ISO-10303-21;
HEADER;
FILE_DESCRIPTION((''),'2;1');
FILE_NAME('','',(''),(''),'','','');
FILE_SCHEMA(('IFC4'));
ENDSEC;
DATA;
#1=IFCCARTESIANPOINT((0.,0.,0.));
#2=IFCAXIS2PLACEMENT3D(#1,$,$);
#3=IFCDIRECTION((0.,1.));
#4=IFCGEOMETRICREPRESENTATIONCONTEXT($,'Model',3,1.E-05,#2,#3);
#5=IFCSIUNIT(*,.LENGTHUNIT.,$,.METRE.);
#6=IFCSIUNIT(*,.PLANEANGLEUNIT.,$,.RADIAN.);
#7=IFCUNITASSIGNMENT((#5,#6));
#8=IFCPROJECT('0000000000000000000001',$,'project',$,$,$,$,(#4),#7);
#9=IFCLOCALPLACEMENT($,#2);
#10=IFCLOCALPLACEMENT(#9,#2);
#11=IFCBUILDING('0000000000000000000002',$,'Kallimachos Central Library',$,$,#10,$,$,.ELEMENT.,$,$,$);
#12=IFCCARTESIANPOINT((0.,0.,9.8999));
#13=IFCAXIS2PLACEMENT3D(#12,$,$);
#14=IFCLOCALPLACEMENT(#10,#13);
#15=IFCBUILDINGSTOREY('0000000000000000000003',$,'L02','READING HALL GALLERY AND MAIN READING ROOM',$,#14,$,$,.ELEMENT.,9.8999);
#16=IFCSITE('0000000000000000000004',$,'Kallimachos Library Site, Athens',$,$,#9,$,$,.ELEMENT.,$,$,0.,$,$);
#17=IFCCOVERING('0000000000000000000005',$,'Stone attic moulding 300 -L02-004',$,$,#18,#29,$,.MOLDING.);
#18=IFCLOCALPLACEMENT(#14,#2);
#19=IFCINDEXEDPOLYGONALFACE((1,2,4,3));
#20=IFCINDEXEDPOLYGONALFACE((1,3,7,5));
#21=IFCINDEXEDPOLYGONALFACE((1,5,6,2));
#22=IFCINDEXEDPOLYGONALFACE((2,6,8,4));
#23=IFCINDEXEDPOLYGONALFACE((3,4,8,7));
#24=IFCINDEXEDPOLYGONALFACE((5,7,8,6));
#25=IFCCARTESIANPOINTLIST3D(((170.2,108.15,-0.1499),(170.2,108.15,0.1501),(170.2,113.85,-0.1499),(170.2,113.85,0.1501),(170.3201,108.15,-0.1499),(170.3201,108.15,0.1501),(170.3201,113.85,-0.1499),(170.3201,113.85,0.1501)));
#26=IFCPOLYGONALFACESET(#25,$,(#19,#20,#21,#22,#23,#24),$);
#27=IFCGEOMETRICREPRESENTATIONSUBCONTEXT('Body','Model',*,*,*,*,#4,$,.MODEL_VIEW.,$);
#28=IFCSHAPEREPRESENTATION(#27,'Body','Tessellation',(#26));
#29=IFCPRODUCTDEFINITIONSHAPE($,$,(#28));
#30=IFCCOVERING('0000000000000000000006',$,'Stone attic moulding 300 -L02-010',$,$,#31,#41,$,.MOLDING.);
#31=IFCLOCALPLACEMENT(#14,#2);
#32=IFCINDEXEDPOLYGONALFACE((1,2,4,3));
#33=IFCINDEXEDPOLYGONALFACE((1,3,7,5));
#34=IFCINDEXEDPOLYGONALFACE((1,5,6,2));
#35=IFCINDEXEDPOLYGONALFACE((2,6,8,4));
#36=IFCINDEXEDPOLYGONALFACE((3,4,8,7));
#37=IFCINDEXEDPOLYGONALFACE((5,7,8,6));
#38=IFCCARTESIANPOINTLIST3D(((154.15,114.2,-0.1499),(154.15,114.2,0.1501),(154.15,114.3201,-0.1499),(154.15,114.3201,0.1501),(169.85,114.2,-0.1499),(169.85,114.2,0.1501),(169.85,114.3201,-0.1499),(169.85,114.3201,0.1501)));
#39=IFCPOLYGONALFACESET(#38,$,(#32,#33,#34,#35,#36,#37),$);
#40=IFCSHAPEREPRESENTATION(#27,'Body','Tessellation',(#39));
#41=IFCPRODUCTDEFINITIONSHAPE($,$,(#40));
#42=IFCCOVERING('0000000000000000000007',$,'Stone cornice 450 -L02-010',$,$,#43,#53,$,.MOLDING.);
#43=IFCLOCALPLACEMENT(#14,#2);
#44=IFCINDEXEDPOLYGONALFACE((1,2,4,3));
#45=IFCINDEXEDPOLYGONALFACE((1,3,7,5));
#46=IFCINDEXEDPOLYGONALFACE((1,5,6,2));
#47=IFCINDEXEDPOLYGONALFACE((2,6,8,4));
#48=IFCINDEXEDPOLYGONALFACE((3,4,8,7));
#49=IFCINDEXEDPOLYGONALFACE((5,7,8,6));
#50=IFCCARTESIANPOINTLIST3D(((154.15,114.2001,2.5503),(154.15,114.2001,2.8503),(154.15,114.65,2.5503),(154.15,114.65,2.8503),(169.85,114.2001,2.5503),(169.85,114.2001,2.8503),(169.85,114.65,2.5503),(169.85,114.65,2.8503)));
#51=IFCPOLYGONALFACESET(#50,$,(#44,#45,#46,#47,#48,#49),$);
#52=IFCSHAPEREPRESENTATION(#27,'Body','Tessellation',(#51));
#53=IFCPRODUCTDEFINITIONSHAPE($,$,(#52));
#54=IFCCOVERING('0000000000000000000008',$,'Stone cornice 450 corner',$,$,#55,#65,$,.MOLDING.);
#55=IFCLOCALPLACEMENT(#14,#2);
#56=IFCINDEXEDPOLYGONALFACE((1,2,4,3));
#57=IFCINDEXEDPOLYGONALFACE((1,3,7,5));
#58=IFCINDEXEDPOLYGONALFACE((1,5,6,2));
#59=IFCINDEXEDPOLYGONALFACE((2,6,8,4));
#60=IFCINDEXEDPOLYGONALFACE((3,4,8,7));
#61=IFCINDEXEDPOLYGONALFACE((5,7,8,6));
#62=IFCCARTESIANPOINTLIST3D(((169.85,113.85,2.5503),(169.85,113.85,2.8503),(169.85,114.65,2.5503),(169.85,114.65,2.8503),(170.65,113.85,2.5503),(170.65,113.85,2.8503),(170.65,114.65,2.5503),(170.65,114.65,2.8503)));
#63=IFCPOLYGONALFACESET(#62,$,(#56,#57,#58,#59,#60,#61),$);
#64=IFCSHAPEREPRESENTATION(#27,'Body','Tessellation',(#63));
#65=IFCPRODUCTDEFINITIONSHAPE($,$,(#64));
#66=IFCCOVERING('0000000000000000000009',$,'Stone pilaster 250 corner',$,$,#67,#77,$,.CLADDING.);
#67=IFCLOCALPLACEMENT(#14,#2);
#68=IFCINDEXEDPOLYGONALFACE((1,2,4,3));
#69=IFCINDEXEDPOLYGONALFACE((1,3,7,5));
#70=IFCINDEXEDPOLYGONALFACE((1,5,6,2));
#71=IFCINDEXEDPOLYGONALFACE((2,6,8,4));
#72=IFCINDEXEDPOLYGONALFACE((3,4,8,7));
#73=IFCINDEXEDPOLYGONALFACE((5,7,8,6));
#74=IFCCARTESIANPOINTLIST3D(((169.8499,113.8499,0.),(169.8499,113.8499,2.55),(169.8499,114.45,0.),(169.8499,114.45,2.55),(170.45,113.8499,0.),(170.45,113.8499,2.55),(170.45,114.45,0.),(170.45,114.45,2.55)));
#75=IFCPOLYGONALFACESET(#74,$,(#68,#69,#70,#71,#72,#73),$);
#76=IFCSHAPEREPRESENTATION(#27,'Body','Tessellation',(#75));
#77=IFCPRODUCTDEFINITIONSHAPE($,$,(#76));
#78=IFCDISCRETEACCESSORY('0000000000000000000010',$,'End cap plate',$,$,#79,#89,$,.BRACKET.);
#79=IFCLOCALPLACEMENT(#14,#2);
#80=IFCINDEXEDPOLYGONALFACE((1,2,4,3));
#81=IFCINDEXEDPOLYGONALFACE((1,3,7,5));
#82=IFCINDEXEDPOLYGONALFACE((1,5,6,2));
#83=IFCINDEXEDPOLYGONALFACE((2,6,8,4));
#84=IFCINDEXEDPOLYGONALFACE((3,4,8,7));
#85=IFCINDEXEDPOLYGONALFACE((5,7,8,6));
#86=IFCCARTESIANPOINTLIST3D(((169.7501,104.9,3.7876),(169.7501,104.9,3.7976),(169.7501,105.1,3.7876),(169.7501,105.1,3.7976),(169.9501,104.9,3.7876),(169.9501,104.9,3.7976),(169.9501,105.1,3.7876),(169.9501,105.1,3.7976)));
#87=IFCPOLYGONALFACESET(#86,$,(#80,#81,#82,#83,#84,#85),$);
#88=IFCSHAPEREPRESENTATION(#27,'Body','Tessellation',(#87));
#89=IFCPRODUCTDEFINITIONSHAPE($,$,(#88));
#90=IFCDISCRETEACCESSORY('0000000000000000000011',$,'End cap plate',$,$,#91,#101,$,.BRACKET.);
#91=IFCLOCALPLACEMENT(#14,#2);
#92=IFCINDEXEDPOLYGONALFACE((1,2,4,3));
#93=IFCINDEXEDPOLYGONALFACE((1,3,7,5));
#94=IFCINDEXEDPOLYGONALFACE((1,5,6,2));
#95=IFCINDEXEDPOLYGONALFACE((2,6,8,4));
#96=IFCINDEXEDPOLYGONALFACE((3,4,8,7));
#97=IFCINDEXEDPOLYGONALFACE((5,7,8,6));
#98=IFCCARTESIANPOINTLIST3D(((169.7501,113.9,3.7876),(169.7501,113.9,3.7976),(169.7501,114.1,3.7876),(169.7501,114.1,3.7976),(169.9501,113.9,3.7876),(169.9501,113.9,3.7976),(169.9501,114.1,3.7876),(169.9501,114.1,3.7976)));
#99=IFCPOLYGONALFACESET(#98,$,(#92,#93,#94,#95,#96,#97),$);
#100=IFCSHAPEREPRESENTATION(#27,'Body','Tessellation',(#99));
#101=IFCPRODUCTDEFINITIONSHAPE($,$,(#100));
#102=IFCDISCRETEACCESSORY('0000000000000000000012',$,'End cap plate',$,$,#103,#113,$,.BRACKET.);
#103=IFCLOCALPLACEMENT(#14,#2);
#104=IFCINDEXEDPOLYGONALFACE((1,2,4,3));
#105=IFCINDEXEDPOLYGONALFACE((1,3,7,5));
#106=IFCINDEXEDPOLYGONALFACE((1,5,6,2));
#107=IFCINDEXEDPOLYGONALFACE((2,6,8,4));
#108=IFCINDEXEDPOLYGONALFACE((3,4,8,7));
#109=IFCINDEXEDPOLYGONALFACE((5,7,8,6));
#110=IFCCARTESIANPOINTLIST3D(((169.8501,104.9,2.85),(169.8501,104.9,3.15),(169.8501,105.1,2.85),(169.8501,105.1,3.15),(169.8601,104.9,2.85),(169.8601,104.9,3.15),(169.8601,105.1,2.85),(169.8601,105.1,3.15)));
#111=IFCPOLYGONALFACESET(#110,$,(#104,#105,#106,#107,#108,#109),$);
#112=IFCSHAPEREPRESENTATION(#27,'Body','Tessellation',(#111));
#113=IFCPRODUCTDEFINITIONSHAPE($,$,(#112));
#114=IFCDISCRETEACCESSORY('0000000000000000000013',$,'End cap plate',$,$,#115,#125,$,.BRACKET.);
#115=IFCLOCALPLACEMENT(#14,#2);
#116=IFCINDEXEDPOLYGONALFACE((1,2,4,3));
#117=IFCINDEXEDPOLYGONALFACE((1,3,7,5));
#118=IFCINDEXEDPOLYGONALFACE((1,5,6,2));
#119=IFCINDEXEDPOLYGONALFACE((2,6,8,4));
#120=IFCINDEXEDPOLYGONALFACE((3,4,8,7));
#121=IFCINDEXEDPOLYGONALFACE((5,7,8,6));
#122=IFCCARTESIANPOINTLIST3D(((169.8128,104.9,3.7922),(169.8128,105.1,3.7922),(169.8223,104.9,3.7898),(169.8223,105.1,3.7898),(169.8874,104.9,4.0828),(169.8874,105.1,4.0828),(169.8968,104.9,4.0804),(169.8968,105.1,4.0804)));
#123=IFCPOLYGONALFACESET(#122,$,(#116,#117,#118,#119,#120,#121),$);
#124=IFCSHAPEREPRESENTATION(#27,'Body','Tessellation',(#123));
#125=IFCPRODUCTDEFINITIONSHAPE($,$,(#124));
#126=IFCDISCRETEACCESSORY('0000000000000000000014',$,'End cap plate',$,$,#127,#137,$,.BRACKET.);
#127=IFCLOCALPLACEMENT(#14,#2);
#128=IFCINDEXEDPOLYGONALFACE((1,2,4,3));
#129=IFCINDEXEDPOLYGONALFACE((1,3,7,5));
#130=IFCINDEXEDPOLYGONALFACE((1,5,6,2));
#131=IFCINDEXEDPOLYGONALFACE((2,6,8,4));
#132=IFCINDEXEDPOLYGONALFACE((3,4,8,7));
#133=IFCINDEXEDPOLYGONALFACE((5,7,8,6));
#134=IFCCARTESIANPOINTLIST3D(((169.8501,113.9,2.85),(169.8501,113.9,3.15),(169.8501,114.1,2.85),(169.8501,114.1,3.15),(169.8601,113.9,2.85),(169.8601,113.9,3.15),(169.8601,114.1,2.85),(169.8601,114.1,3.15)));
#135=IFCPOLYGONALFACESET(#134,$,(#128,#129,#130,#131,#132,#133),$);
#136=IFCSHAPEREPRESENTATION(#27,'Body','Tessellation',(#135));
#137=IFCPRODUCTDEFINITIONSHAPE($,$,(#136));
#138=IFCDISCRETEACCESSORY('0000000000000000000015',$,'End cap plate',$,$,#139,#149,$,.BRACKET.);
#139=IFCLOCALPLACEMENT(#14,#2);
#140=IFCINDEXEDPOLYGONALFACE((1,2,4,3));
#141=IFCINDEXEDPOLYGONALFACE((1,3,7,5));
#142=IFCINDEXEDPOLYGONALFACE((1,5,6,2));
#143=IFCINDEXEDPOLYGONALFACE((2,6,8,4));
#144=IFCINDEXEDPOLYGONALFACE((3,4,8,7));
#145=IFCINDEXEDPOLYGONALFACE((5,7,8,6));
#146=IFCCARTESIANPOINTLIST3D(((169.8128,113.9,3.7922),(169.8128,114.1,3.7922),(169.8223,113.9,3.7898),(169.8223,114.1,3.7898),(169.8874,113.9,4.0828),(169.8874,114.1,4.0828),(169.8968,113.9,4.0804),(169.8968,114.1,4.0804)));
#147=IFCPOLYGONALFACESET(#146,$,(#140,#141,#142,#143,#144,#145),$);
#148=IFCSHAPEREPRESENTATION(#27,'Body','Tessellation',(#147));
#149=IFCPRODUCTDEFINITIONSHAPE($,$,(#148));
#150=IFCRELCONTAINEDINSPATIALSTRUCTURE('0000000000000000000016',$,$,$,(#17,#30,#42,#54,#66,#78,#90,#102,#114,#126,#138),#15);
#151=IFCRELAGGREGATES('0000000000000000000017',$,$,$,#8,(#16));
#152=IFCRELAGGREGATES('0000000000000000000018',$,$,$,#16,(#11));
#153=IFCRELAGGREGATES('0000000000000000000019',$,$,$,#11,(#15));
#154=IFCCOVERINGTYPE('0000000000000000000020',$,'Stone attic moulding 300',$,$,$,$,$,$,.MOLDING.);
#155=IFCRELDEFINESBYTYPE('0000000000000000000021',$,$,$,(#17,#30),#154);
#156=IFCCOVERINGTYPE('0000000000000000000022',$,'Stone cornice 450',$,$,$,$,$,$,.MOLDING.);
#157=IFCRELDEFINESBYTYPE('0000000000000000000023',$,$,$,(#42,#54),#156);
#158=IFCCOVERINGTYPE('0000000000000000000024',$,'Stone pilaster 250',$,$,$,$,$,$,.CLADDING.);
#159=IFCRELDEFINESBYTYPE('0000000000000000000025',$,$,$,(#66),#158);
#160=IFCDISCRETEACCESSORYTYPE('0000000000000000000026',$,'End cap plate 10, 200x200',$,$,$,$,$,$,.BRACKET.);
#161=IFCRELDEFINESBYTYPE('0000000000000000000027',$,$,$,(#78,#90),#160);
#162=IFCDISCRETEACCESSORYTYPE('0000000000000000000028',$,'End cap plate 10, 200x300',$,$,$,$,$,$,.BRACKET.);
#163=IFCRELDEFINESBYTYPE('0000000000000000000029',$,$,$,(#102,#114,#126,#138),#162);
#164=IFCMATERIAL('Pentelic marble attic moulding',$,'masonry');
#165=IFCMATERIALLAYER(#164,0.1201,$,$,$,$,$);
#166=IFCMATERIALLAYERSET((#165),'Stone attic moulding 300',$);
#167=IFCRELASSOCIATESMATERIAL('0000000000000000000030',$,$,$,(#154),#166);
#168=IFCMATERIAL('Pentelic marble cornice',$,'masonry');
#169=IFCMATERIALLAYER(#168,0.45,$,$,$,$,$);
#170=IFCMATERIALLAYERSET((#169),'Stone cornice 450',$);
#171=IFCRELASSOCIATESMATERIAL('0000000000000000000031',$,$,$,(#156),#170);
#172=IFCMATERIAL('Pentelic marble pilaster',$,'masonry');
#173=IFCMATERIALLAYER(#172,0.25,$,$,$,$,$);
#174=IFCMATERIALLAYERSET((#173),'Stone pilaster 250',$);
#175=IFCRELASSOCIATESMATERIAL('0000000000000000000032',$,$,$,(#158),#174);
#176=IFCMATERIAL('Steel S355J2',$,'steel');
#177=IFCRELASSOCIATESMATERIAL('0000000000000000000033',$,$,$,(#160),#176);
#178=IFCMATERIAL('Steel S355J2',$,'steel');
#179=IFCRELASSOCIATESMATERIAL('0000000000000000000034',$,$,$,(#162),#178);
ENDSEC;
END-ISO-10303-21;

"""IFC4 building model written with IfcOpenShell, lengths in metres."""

from ifc_helpers import new_model, si_unit, direction, frame, origin, origin_2d, place, context, subcontext, project, spatial, rectangle, extrude, material, layer, layer_set, material_profile, profile_set, type_object, element, save


model = new_model("IFC4")

# Units and contexts
model_context = context("Model", 3, precision=1e-05, world=origin(), true_north=direction((0.0, 1.0)))
body_context = subcontext(model_context, "Body", "Model", "MODEL_VIEW")
ifc_project = project(units=[si_unit("LENGTHUNIT", "METRE"), si_unit("PLANEANGLEUNIT", "RADIAN")], contexts=[model_context])

# Site, building, storey
site_placement = place(None, origin())
site = spatial("IfcSite", under=ifc_project, at=site_placement, Name="Kallimachos Library Site, Athens", CompositionType="ELEMENT", RefElevation=0.0)
building_placement = place(site_placement, origin())
building = spatial("IfcBuilding", under=site, at=building_placement, Name="Kallimachos Central Library", CompositionType="ELEMENT")
storey_placement = place(building_placement, frame((0.0, 0.0, 9.8999)))
storey = spatial("IfcBuildingStorey", under=building, at=storey_placement, Name="L02", Description="READING HALL GALLERY AND MAIN READING ROOM", CompositionType="ELEMENT", Elevation=9.8999)

# Coverings
ifc_material_1 = material(Name="Pentelic marble attic moulding", Category="masonry")
ifc_layer_1 = layer(ifc_material_1, 0.1201)
ifc_layer_set_1 = layer_set([ifc_layer_1], Name="Stone attic moulding 300")
covering_type_1 = type_object("IfcCoveringType", Name="Stone attic moulding 300", PredefinedType="MOLDING", material=ifc_layer_set_1)
covering_1_placement = place(storey_placement, frame((170.26, 111.0, -0.1499), z_axis=(0.0, 0.0, 1.0), x_axis=(1.0, 0.0, 0.0)))
element("IfcCovering", 1, at=covering_1_placement, inside=storey, type_object=covering_type_1, Name="Stone attic moulding 300 -L02-004", PredefinedType="MOLDING", context=body_context, shape_type="SweptSolid", body=[
    extrude(rectangle(XDim=0.1201, YDim=5.7, at=origin_2d()), origin(), (0.0, 0.0, 1.0), 0.3),
])
covering_2_placement = place(storey_placement, frame((162.0, 114.26, -0.1499), z_axis=(0.0, 0.0, 1.0), x_axis=(1.0, 0.0, 0.0)))
element("IfcCovering", 2, at=covering_2_placement, inside=storey, type_object=covering_type_1, Name="Stone attic moulding 300 -L02-010", PredefinedType="MOLDING", context=body_context, shape_type="SweptSolid", body=[
    extrude(rectangle(XDim=15.7, YDim=0.1201, at=origin_2d()), origin(), (0.0, 0.0, 1.0), 0.3),
])
ifc_material_2 = material(Name="Pentelic marble cornice", Category="masonry")
ifc_layer_2 = layer(ifc_material_2, 0.45)
ifc_layer_set_2 = layer_set([ifc_layer_2], Name="Stone cornice 450")
covering_type_2 = type_object("IfcCoveringType", Name="Stone cornice 450", PredefinedType="MOLDING", material=ifc_layer_set_2)
covering_3_placement = place(storey_placement, frame((162.0, 114.425, 2.5503), z_axis=(0.0, 0.0, 1.0), x_axis=(1.0, 0.0, 0.0)))
element("IfcCovering", 3, at=covering_3_placement, inside=storey, type_object=covering_type_2, Name="Stone cornice 450 -L02-010", PredefinedType="MOLDING", context=body_context, shape_type="SweptSolid", body=[
    extrude(rectangle(XDim=15.7, YDim=0.45, at=origin_2d()), origin(), (0.0, 0.0, 1.0), 0.3),
])
covering_4_placement = place(storey_placement, frame((170.25, 114.25, 2.5503), z_axis=(0.0, 0.0, 1.0), x_axis=(1.0, 0.0, 0.0)))
element("IfcCovering", 4, at=covering_4_placement, inside=storey, type_object=covering_type_2, Name="Stone cornice 450 corner", PredefinedType="MOLDING", context=body_context, shape_type="SweptSolid", body=[
    extrude(rectangle(XDim=0.8, YDim=0.8, at=origin_2d()), origin(), (0.0, 0.0, 1.0), 0.3),
])
ifc_material_3 = material(Name="Pentelic marble pilaster", Category="masonry")
ifc_layer_3 = layer(ifc_material_3, 0.25)
ifc_layer_set_3 = layer_set([ifc_layer_3], Name="Stone pilaster 250")
covering_type_3 = type_object("IfcCoveringType", Name="Stone pilaster 250", PredefinedType="CLADDING", material=ifc_layer_set_3)
covering_5_placement = place(storey_placement, frame((170.1499, 114.1499, 0.0), z_axis=(0.0, 0.0, 1.0), x_axis=(1.0, 0.0, 0.0)))
element("IfcCovering", 5, at=covering_5_placement, inside=storey, type_object=covering_type_3, Name="Stone pilaster 250 corner", PredefinedType="CLADDING", context=body_context, shape_type="SweptSolid", body=[
    extrude(rectangle(XDim=0.6001, YDim=0.6001, at=origin_2d()), origin(), (0.0, 0.0, 1.0), 2.55),
])

# Discrete accessories
ifc_material_4 = material(Name="Steel S355J2", Category="steel")
ifc_material_profile_1 = material_profile(ifc_material_4, rectangle(XDim=0.2, YDim=0.2, at=origin_2d()), Name="End cap plate 10, 200x200")
ifc_profile_set_1 = profile_set([ifc_material_profile_1], Name="Steel S355J2")
discrete_accessory_type_1 = type_object("IfcDiscreteAccessoryType", Name="End cap plate 10, 200x200", PredefinedType="BRACKET", material=ifc_profile_set_1)
for number, where, z_axis, x_axis, name in (
    (6, (169.8501, 105.0, 3.7876), (0.0, 0.0, 1.0), (1.0, 0.0, 0.0), "End cap plate"),
    (7, (169.8501, 114.0, 3.7876), (0.0, 0.0, 1.0), (1.0, 0.0, 0.0), "End cap plate"),
):
    element("IfcDiscreteAccessory", number, at=place(storey_placement, frame(where, z_axis=z_axis, x_axis=x_axis)), inside=storey, type_object=discrete_accessory_type_1, Name=name, PredefinedType="BRACKET", context=body_context, shape_type="SweptSolid", body=[
        extrude(rectangle(XDim=0.2, YDim=0.2, at=origin_2d()), origin(), (0.0, 0.0, 1.0), 0.01),
    ])
ifc_material_5 = material(Name="Steel S355J2", Category="steel")
ifc_material_profile_2 = material_profile(ifc_material_5, rectangle(XDim=0.2, YDim=0.3, at=origin_2d()), Name="End cap plate 10, 200x300")
ifc_profile_set_2 = profile_set([ifc_material_profile_2], Name="Steel S355J2")
discrete_accessory_type_2 = type_object("IfcDiscreteAccessoryType", Name="End cap plate 10, 200x300", PredefinedType="BRACKET", material=ifc_profile_set_2)
discrete_accessory_1_placement = place(storey_placement, frame((169.8501, 105.0, 3.0), z_axis=(1.0, 0.0, 0.0), x_axis=(0.0, 1.0, 0.0)))
element("IfcDiscreteAccessory", 8, at=discrete_accessory_1_placement, inside=storey, type_object=discrete_accessory_type_2, Name="End cap plate", PredefinedType="BRACKET", context=body_context, shape_type="SweptSolid", body=[
    extrude(rectangle(XDim=0.2, YDim=0.3, at=origin_2d()), origin(), (0.0, 0.0, 1.0), 0.01),
])
discrete_accessory_2_placement = place(storey_placement, frame((169.8501, 105.0, 3.9375), z_axis=(0.968664, 0.0, -0.248375), x_axis=(0.0, 1.0, 0.0)))
element("IfcDiscreteAccessory", 9, at=discrete_accessory_2_placement, inside=storey, type_object=discrete_accessory_type_2, Name="End cap plate", PredefinedType="BRACKET", context=body_context, shape_type="SweptSolid", body=[
    extrude(rectangle(XDim=0.2, YDim=0.3, at=origin_2d()), origin(), (0.0, 0.0, 1.0), 0.0098),
])
discrete_accessory_3_placement = place(storey_placement, frame((169.8501, 114.0, 3.0), z_axis=(1.0, 0.0, 0.0), x_axis=(0.0, 1.0, 0.0)))
element("IfcDiscreteAccessory", 10, at=discrete_accessory_3_placement, inside=storey, type_object=discrete_accessory_type_2, Name="End cap plate", PredefinedType="BRACKET", context=body_context, shape_type="SweptSolid", body=[
    extrude(rectangle(XDim=0.2, YDim=0.3, at=origin_2d()), origin(), (0.0, 0.0, 1.0), 0.01),
])
discrete_accessory_4_placement = place(storey_placement, frame((169.8501, 114.0, 3.9375), z_axis=(0.968664, 0.0, -0.248375), x_axis=(0.0, 1.0, 0.0)))
element("IfcDiscreteAccessory", 11, at=discrete_accessory_4_placement, inside=storey, type_object=discrete_accessory_type_2, Name="End cap plate", PredefinedType="BRACKET", context=body_context, shape_type="SweptSolid", body=[
    extrude(rectangle(XDim=0.2, YDim=0.3, at=origin_2d()), origin(), (0.0, 0.0, 1.0), 0.0098),
])

save(model, "model.ifc")
